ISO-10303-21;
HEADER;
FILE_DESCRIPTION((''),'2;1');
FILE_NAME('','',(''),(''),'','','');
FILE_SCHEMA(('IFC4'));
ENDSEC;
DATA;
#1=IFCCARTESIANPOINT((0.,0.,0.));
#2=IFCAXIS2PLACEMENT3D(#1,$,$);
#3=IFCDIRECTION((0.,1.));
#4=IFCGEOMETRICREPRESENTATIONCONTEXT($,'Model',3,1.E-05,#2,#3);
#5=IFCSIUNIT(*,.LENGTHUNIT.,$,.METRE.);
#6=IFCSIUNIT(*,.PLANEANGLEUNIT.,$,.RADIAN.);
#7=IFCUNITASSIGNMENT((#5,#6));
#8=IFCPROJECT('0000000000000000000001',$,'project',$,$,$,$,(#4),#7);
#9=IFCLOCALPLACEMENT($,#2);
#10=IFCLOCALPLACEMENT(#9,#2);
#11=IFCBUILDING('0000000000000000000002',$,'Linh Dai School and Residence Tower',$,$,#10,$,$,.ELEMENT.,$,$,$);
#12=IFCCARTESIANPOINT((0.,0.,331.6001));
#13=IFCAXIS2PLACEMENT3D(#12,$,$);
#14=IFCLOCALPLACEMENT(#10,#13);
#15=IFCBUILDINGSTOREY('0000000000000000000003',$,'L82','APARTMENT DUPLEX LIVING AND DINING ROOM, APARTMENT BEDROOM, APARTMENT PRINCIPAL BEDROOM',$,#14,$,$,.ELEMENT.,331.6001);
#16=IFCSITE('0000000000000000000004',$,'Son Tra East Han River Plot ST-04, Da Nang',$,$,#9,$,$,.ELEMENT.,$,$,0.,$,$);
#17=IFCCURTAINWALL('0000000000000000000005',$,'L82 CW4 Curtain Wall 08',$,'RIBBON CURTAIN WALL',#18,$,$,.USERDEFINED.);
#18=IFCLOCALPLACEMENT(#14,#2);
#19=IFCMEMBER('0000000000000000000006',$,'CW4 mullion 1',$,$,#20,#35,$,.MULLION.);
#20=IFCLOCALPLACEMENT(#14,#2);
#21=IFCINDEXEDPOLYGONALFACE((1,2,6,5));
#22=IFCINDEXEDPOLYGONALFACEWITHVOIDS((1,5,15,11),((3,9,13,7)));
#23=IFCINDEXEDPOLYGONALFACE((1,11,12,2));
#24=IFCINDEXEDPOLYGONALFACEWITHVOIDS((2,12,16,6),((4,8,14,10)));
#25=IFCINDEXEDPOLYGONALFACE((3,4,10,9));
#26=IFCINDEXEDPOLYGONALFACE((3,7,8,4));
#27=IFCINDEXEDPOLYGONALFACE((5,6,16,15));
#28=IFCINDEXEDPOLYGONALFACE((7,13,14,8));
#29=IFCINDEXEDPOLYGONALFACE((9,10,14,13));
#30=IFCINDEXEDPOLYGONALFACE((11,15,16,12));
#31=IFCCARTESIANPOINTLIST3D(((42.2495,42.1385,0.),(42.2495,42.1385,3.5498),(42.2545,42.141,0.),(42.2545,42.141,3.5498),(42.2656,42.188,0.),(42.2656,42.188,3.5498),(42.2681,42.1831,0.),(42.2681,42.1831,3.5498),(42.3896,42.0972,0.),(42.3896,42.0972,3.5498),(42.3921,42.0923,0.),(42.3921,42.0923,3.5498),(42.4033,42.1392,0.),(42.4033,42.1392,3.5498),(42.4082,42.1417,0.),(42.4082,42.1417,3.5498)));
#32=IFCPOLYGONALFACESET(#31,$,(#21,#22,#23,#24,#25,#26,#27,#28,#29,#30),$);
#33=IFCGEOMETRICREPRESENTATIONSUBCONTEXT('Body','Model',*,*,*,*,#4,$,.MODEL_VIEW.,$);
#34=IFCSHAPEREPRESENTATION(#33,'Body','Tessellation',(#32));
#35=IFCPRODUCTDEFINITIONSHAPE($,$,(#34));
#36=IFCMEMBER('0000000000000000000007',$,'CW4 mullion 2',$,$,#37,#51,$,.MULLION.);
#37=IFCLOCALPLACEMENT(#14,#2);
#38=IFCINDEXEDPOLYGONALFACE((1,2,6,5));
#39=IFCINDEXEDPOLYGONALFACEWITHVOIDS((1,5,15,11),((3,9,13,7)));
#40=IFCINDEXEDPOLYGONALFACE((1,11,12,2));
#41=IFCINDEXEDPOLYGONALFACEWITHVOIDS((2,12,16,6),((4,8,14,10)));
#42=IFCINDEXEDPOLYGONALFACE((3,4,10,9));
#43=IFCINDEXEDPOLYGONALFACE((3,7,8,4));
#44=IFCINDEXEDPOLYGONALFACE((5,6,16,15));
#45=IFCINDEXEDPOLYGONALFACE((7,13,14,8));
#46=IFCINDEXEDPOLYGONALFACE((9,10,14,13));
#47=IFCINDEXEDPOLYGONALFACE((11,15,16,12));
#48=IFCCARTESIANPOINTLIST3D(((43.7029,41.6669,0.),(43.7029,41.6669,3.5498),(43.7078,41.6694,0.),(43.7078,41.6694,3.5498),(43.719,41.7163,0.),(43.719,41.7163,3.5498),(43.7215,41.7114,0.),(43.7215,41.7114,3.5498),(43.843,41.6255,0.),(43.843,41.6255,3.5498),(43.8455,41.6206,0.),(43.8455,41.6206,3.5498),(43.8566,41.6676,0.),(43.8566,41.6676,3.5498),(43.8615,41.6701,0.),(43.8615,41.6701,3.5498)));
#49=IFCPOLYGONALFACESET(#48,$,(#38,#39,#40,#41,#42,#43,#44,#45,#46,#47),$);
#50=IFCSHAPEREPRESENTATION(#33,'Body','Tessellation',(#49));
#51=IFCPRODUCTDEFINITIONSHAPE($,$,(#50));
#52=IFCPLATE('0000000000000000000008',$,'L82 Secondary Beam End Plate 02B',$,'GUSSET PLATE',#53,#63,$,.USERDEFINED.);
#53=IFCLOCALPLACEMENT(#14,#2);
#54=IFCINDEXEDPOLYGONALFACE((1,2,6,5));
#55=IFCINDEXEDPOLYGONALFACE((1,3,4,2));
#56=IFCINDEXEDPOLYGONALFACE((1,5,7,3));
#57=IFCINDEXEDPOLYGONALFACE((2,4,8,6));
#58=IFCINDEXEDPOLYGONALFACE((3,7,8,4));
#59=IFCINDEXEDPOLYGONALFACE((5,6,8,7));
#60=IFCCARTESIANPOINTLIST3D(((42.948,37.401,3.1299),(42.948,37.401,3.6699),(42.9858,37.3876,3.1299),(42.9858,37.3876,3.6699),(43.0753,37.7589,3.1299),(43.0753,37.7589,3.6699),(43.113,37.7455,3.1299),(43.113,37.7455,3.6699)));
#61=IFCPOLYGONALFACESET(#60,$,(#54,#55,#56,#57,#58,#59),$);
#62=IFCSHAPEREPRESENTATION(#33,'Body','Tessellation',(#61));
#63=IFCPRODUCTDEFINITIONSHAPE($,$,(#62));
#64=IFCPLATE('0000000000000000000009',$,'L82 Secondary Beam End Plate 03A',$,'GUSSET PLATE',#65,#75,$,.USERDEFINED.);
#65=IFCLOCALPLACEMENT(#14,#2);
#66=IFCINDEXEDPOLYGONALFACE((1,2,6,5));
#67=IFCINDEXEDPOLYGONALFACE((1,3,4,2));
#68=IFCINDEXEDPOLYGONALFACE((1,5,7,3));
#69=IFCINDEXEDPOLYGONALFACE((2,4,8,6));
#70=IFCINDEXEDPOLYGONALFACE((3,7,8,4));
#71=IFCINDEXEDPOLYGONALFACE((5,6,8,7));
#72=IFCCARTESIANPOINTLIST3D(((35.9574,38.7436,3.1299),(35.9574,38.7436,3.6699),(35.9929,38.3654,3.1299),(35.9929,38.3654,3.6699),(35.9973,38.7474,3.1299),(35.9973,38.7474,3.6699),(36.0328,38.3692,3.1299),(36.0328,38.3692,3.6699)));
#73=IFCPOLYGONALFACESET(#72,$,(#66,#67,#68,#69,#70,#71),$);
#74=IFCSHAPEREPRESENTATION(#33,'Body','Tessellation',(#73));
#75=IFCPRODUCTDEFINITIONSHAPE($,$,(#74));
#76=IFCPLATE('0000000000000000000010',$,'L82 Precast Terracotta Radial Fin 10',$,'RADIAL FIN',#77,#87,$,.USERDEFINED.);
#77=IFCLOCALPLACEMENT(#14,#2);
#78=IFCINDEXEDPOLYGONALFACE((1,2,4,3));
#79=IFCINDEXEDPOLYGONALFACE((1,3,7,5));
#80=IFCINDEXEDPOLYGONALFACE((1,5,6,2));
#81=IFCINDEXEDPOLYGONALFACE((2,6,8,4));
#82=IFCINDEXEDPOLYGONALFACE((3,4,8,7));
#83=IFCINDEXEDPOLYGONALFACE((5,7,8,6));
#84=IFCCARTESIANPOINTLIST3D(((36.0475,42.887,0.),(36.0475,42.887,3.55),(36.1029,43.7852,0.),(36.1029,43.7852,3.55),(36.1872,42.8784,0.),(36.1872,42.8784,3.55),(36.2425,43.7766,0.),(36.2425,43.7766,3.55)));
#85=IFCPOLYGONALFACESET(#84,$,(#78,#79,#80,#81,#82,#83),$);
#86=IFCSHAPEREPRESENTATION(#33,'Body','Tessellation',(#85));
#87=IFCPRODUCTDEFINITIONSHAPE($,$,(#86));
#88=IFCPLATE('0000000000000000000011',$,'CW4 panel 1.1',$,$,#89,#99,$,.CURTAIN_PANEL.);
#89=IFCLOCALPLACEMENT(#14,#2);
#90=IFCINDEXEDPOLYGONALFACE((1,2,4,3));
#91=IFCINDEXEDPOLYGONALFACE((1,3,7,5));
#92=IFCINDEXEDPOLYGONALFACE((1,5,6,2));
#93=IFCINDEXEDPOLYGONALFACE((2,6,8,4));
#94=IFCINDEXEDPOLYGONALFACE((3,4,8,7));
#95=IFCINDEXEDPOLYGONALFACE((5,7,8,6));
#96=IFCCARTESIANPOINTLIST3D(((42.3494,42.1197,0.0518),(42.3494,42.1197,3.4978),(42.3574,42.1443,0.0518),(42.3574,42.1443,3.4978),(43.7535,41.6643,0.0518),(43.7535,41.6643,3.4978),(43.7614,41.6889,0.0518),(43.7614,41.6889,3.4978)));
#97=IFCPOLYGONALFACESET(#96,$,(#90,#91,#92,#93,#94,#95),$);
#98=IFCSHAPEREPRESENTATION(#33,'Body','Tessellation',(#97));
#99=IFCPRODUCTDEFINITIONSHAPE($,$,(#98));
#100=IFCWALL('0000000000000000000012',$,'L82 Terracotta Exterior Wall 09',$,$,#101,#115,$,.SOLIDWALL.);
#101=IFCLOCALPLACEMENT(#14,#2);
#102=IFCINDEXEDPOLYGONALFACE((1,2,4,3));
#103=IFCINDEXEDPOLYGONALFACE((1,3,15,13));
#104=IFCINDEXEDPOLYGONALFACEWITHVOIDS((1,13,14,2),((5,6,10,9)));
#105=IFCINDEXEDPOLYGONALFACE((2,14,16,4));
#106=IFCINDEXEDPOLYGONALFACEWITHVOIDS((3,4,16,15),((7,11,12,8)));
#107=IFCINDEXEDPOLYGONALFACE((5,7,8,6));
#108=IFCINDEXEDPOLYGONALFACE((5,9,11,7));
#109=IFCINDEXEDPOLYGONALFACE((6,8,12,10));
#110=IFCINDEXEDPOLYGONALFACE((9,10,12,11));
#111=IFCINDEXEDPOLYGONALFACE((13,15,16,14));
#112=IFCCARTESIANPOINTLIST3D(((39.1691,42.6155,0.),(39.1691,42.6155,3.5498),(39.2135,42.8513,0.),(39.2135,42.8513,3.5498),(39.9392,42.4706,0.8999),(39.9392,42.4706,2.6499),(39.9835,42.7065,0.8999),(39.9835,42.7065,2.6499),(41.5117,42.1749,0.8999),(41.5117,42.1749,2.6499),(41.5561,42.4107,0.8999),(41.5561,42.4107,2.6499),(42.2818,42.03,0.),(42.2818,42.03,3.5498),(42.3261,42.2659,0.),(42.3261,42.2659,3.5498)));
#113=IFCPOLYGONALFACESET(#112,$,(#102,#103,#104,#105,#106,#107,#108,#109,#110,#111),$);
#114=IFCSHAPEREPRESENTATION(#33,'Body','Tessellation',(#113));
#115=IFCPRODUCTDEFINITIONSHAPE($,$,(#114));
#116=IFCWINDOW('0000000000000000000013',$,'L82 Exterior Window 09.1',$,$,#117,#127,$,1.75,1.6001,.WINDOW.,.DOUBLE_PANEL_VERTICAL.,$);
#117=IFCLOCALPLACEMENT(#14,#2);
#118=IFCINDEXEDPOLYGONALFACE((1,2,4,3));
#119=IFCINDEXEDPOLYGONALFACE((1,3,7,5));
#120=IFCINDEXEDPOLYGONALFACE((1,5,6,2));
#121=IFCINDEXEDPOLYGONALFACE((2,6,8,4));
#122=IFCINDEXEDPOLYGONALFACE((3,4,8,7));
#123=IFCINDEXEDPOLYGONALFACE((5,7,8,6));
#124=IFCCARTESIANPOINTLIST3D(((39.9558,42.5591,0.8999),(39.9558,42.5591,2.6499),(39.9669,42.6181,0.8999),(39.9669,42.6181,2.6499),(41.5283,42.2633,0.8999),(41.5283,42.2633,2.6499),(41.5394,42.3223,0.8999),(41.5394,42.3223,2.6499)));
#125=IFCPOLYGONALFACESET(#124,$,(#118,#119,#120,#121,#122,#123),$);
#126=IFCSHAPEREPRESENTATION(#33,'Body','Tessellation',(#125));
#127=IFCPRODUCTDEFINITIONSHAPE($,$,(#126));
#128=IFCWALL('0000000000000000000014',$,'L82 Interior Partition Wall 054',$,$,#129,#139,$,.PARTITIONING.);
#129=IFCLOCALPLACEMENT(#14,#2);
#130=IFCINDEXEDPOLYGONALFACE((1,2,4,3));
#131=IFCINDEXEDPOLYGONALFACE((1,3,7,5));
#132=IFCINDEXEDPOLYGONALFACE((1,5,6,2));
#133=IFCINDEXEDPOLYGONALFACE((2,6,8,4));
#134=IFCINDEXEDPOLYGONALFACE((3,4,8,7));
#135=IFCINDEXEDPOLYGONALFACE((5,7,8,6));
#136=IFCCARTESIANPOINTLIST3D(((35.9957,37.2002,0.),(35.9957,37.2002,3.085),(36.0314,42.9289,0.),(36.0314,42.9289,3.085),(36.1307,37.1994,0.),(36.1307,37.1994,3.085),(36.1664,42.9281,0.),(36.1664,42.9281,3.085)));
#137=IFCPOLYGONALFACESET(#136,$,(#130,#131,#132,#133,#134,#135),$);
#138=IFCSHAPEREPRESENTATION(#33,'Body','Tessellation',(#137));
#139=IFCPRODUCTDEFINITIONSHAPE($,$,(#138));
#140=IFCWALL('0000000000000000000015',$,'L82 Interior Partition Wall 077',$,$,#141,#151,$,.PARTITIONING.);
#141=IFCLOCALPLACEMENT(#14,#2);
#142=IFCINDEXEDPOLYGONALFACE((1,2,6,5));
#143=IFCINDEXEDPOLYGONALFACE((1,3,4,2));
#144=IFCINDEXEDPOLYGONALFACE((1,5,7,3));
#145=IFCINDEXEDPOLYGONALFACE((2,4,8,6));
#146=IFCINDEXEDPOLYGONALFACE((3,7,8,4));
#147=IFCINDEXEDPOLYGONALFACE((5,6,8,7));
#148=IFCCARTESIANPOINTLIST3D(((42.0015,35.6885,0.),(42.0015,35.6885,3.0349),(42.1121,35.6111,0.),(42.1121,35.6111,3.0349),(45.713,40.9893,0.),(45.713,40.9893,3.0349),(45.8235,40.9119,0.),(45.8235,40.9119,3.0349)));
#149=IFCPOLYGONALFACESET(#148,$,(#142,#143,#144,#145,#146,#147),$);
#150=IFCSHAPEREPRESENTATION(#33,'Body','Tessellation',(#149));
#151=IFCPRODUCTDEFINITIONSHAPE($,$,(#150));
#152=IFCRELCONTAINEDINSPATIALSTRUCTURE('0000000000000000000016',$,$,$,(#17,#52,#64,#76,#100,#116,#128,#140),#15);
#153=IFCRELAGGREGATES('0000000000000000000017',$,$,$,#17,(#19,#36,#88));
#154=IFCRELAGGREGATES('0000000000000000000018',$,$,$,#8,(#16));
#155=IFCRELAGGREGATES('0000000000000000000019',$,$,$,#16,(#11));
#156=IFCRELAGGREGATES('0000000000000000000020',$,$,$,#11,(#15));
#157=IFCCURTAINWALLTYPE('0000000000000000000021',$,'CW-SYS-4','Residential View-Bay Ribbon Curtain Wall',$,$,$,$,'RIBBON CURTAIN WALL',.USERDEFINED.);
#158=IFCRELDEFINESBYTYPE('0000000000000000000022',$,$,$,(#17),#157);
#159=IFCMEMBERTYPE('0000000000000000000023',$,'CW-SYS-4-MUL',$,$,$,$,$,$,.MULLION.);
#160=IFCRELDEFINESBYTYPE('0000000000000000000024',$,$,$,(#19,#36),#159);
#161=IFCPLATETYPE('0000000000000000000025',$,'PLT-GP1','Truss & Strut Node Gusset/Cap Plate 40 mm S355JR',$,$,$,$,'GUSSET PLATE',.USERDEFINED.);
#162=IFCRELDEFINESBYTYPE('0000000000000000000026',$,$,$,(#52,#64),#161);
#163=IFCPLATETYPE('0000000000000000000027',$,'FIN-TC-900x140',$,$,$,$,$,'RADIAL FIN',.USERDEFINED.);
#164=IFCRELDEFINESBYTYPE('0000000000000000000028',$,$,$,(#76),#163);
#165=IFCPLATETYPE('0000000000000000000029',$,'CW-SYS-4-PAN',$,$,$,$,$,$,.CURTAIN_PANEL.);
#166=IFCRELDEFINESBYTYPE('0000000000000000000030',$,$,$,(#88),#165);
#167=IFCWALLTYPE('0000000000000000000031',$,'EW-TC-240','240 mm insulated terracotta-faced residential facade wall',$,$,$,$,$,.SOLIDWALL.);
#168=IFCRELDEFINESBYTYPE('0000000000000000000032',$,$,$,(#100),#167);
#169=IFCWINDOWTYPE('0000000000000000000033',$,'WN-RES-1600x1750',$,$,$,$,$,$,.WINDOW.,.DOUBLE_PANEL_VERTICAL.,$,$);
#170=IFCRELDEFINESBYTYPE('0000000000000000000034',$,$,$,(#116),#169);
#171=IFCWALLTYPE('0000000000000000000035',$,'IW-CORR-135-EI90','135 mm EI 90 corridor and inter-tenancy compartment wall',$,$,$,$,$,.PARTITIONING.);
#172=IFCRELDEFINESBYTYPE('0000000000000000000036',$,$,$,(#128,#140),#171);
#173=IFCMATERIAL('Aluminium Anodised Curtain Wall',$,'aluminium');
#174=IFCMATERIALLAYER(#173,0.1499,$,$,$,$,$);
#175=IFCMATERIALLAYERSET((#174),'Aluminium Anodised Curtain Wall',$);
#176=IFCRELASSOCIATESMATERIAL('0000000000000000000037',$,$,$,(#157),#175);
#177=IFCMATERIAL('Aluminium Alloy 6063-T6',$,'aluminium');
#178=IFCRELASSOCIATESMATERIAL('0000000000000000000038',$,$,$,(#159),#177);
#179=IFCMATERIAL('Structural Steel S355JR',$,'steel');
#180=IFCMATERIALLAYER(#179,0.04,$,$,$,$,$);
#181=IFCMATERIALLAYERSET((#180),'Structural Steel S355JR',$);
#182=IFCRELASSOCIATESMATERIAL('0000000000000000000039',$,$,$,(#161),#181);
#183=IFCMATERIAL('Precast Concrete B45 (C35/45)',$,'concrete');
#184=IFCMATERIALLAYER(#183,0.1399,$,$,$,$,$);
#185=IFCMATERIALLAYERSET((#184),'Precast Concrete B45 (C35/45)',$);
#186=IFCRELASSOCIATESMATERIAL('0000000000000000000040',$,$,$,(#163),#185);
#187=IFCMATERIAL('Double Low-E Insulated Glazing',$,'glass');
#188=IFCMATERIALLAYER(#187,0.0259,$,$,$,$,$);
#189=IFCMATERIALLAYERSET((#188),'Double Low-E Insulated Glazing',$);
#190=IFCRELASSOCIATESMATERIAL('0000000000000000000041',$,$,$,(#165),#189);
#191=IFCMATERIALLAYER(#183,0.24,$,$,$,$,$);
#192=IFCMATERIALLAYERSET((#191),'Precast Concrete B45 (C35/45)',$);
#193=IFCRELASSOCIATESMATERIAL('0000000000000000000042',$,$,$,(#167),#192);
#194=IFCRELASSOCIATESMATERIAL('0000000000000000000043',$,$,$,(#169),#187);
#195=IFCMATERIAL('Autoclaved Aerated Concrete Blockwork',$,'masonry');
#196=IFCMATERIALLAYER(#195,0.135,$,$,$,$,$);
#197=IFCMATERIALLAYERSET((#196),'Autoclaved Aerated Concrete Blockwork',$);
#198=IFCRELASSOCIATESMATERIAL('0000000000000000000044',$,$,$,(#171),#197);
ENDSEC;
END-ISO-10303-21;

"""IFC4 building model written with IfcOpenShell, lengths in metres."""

from ifc_helpers import new_model, si_unit, direction, frame, frame_2d, origin, origin_2d, place, context, subcontext, project, spatial, rectangle, hollow_rectangle, extrude, source, transform, mapped, material, layer, layer_set, material_profile, profile_set, type_object, element, fill, aggregate, save


model = new_model("IFC4")

# Units and contexts
model_context = context("Model", 3, precision=1e-05, world=origin(), true_north=direction((0.0, 1.0)))
body_context = subcontext(model_context, "Body", "Model", "MODEL_VIEW")
ifc_project = project(units=[si_unit("LENGTHUNIT", "METRE"), si_unit("PLANEANGLEUNIT", "RADIAN")], contexts=[model_context])

# Site, building, storey
site_placement = place(None, origin())
site = spatial("IfcSite", under=ifc_project, at=site_placement, Name="Son Tra East Han River Plot ST-04, Da Nang", CompositionType="ELEMENT", RefElevation=0.0)
building_placement = place(site_placement, origin())
building = spatial("IfcBuilding", under=site, at=building_placement, Name="Linh Dai School and Residence Tower", CompositionType="ELEMENT")
storey_placement = place(building_placement, frame((0.0, 0.0, 331.6001)))
storey = spatial("IfcBuildingStorey", under=building, at=storey_placement, Name="L82", Description="APARTMENT DUPLEX LIVING AND DINING ROOM, APARTMENT BEDROOM, APARTMENT PRINCIPAL BEDROOM", CompositionType="ELEMENT", Elevation=331.6001)

# Shared definitions
ifc_material_1 = material(Name="Structural Steel S355JR", Category="steel")

# Curtain wall, members
ifc_material_2 = material(Name="Aluminium Anodised Curtain Wall", Category="aluminium")
ifc_layer_1 = layer(ifc_material_2, 0.1499)
ifc_layer_set_1 = layer_set([ifc_layer_1], Name="Aluminium Anodised Curtain Wall")
curtain_wall_type = type_object("IfcCurtainWallType", Name="CW-SYS-4", Description="Residential View-Bay Ribbon Curtain Wall", ElementType="RIBBON CURTAIN WALL", PredefinedType="USERDEFINED", material=ifc_layer_set_1)
curtain_wall_placement = place(storey_placement, origin())
curtain_wall = element("IfcCurtainWall", 1, at=curtain_wall_placement, inside=storey, type_object=curtain_wall_type, Name="L82 CW4 Curtain Wall 08", ObjectType="RIBBON CURTAIN WALL", PredefinedType="USERDEFINED")
ifc_material_3 = material(Name="Aluminium Alloy 6063-T6", Category="aluminium")
ifc_material_profile_1 = material_profile(ifc_material_3, hollow_rectangle(XDim=0.052, YDim=0.1499, WallThickness=0.0039, at=origin_2d()), Name="RHS 150x52x4")
ifc_profile_set_1 = profile_set([ifc_material_profile_1], Name="Aluminium Alloy 6063-T6")
member_type_1 = type_object("IfcMemberType", Name="CW-SYS-4-MUL", PredefinedType="MULLION", material=ifc_profile_set_1)
shared_shape_1 = source(origin(), body_context, "Body", "SweptSolid", [
    extrude(hollow_rectangle(XDim=0.052, YDim=0.1499, WallThickness=0.0039, at=origin_2d()), origin(), (0.0, 0.0, 1.0), 3.5498),
])
member_1_placement = place(storey_placement, frame((42.3289, 42.1401, 0.0), z_axis=(0.0, 0.0, 1.0), x_axis=(0.308565, 0.951203, 0.0)))
member_1 = element("IfcMember", 2, at=member_1_placement, type_object=member_type_1, Name="CW4 mullion 1", PredefinedType="MULLION", context=body_context, shape_type="MappedRepresentation", body=[
    mapped(shared_shape_1, transform((0.0, 0.0, 0.0), x_axis=(1.0, 0.0, 0.0), y_axis=(0.0, 1.0, 0.0), z_axis=(0.0, 0.0, 1.0), scale=1.0)),
])
member_2_placement = place(storey_placement, frame((43.7822, 41.6685, 0.0), z_axis=(0.0, 0.0, 1.0), x_axis=(0.308565, 0.951203, 0.0)))
member_2 = element("IfcMember", 3, at=member_2_placement, type_object=member_type_1, Name="CW4 mullion 2", PredefinedType="MULLION", context=body_context, shape_type="MappedRepresentation", body=[
    mapped(shared_shape_1, transform((0.0, 0.0, 0.0), x_axis=(1.0, 0.0, 0.0), y_axis=(0.0, 1.0, 0.0), z_axis=(0.0, 0.0, 1.0), scale=1.0)),
])

# Plates
ifc_layer_2 = layer(ifc_material_1, 0.04)
ifc_layer_set_2 = layer_set([ifc_layer_2], Name="Structural Steel S355JR")
plate_type_1 = type_object("IfcPlateType", Name="PLT-GP1", Description="Truss & Strut Node Gusset/Cap Plate 40 mm S355JR", ElementType="GUSSET PLATE", PredefinedType="USERDEFINED", material=ifc_layer_set_2)
shared_shape_2 = source(origin(), body_context, "Body", "SweptSolid", [
    extrude(rectangle(XDim=0.04, YDim=0.3799, at=origin_2d()), origin(), (0.0, 0.0, 1.0), 0.54),
])
for number, where, z_axis, x_axis, name in (
    (4, (43.0305, 37.5732, 3.1299), (0.0, 0.0, 1.0), (-0.942251, 0.334909, 0.0), "L82 Secondary Beam End Plate 02B"),
    (5, (35.9951, 38.5564, 3.1299), (0.0, 0.0, 1.0), (-0.995631, -0.093373, 0.0), "L82 Secondary Beam End Plate 03A"),
):
    element("IfcPlate", number, at=place(storey_placement, frame(where, z_axis=z_axis, x_axis=x_axis)), inside=storey, type_object=plate_type_1, Name=name, ObjectType="GUSSET PLATE", PredefinedType="USERDEFINED", context=body_context, shape_type="MappedRepresentation", body=[
        mapped(shared_shape_2, transform((0.0, 0.0, 0.0), x_axis=(1.0, 0.0, 0.0), y_axis=(0.0, 1.0, 0.0), z_axis=(0.0, 0.0, 1.0), scale=1.0)),
    ])
ifc_material_4 = material(Name="Precast Concrete B45 (C35/45)", Category="concrete")
ifc_layer_3 = layer(ifc_material_4, 0.1399)
ifc_layer_set_3 = layer_set([ifc_layer_3], Name="Precast Concrete B45 (C35/45)")
plate_type_2 = type_object("IfcPlateType", Name="FIN-TC-900x140", ElementType="RADIAL FIN", PredefinedType="USERDEFINED", material=ifc_layer_set_3)
shared_shape_3 = source(origin(), body_context, "Body", "SweptSolid", [
    extrude(rectangle(XDim=0.8999, YDim=0.1399, at=origin_2d()), origin(), (0.0, 0.0, 1.0), 3.55),
])
plate_1_placement = place(storey_placement, frame((36.145, 43.3318, 0.0), z_axis=(0.0, 0.0, 1.0), x_axis=(0.061518, 0.998106, 0.0)))
element("IfcPlate", 6, at=plate_1_placement, inside=storey, type_object=plate_type_2, Name="L82 Precast Terracotta Radial Fin 10", ObjectType="RADIAL FIN", PredefinedType="USERDEFINED", context=body_context, shape_type="MappedRepresentation", body=[
    mapped(shared_shape_3, transform((0.0, 0.0, 0.0), x_axis=(1.0, 0.0, 0.0), y_axis=(0.0, 1.0, 0.0), z_axis=(0.0, 0.0, 1.0), scale=1.0)),
])

# Plate
ifc_material_5 = material(Name="Double Low-E Insulated Glazing", Category="glass")
ifc_layer_4 = layer(ifc_material_5, 0.0259)
ifc_layer_set_4 = layer_set([ifc_layer_4], Name="Double Low-E Insulated Glazing")
plate_type_3 = type_object("IfcPlateType", Name="CW-SYS-4-PAN", PredefinedType="CURTAIN_PANEL", material=ifc_layer_set_4)
shared_shape_4 = source(origin(), body_context, "Body", "SweptSolid", [
    extrude(rectangle(XDim=1.4761, YDim=0.0259, at=origin_2d()), origin(), (0.0, 0.0, 1.0), 3.446),
])
plate_2_placement = place(storey_placement, frame((43.0554, 41.9043, 0.0518), z_axis=(0.0, 0.0, 1.0), x_axis=(0.951203, -0.308565, 0.0)))
plate_2 = element("IfcPlate", 7, at=plate_2_placement, type_object=plate_type_3, Name="CW4 panel 1.1", PredefinedType="CURTAIN_PANEL", context=body_context, shape_type="MappedRepresentation", body=[
    mapped(shared_shape_4, transform((0.0, 0.0, 0.0), x_axis=(1.0, 0.0, 0.0), y_axis=(0.0, 1.0, 0.0), z_axis=(0.0, 0.0, 1.0), scale=1.0)),
])
aggregate(curtain_wall, [member_1, member_2, plate_2])

# Wall, opening, window
ifc_layer_5 = layer(ifc_material_4, 0.24)
ifc_layer_set_5 = layer_set([ifc_layer_5], Name="Precast Concrete B45 (C35/45)")
wall_type_1 = type_object("IfcWallType", Name="EW-TC-240", Description="240 mm insulated terracotta-faced residential facade wall", PredefinedType="SOLIDWALL", material=ifc_layer_set_5)
wall_1_placement = place(storey_placement, frame((39.1914, 42.7334, 0.0), z_axis=(0.0, 0.0, 1.0), x_axis=(0.982766, -0.184852, 0.0)))
wall_1 = element("IfcWall", 8, at=wall_1_placement, inside=storey, type_object=wall_type_1, Name="L82 Terracotta Exterior Wall 09", PredefinedType="SOLIDWALL", context=body_context, shape_type="SweptSolid", body=[
    extrude(rectangle(XDim=3.1672, YDim=0.24, at=frame_2d((1.5835, 0.0))), origin(), (0.0, 0.0, 1.0), 3.5498),
])
opening_1_placement = place(wall_1_placement, frame((0.7834, 0.0, 0.8999)))
opening_1 = element("IfcOpeningElement", 9, at=opening_1_placement, cuts=wall_1, PredefinedType="OPENING", context=body_context, shape_type="SweptSolid", body=[
    extrude(rectangle(XDim=1.6001, YDim=1.75, at=origin_2d()), frame((0.8, 0.1299, 0.875), z_axis=(0.0, -1.0, 0.0), x_axis=(1.0, 0.0, 0.0)), (0.0, 0.0, 1.0), 0.26),
])
window_type = type_object("IfcWindowType", Name="WN-RES-1600x1750", PartitioningType="DOUBLE_PANEL_VERTICAL", PredefinedType="WINDOW", material=ifc_material_5)
shared_shape_5 = source(origin(), body_context, "Body", "SweptSolid", [
    extrude(rectangle(XDim=1.6001, YDim=1.75, at=origin_2d()), frame((0.8, 0.03, 0.875), z_axis=(0.0, -1.0, 0.0), x_axis=(1.0, 0.0, 0.0)), (0.0, 0.0, 1.0), 0.0601),
])
window_placement = place(opening_1_placement, origin())
window = element("IfcWindow", 10, at=window_placement, inside=storey, type_object=window_type, Name="L82 Exterior Window 09.1", OverallHeight=1.75, OverallWidth=1.6001, PartitioningType="DOUBLE_PANEL_VERTICAL", PredefinedType="WINDOW", context=body_context, shape_type="MappedRepresentation", body=[
    mapped(shared_shape_5, transform((0.0, 0.0, 0.0), x_axis=(1.0, 0.0, 0.0), y_axis=(0.0, 1.0, 0.0), z_axis=(0.0, 0.0, 1.0), scale=1.0)),
])
fill(opening_1, window)

# Walls
ifc_material_6 = material(Name="Autoclaved Aerated Concrete Blockwork", Category="masonry")
ifc_layer_6 = layer(ifc_material_6, 0.135)
ifc_layer_set_6 = layer_set([ifc_layer_6], Name="Autoclaved Aerated Concrete Blockwork")
wall_type_2 = type_object("IfcWallType", Name="IW-CORR-135-EI90", Description="135 mm EI 90 corridor and inter-tenancy compartment wall", PredefinedType="PARTITIONING", material=ifc_layer_set_6)
wall_2_placement = place(storey_placement, frame((36.0632, 37.2, 0.0), z_axis=(0.0, 0.0, 1.0), x_axis=(0.006222, 0.999981, 0.0)))
element("IfcWall", 11, at=wall_2_placement, inside=storey, type_object=wall_type_2, Name="L82 Interior Partition Wall 054", PredefinedType="PARTITIONING", context=body_context, shape_type="SweptSolid", body=[
    extrude(rectangle(XDim=5.7288, YDim=0.135, at=frame_2d((2.8643, 0.0))), origin(), (0.0, 0.0, 1.0), 3.085),
])
wall_3_placement = place(storey_placement, frame((42.0569, 35.6499, 0.0), z_axis=(0.0, 0.0, 1.0), x_axis=(0.573553, 0.819168, 0.0)))
element("IfcWall", 12, at=wall_3_placement, inside=storey, type_object=wall_type_2, Name="L82 Interior Partition Wall 077", PredefinedType="PARTITIONING", context=body_context, shape_type="SweptSolid", body=[
    extrude(rectangle(XDim=6.4709, YDim=0.135, at=frame_2d((3.2354, 0.0))), origin(), (0.0, 0.0, 1.0), 3.0349),
])

save(model, "model.ifc")
